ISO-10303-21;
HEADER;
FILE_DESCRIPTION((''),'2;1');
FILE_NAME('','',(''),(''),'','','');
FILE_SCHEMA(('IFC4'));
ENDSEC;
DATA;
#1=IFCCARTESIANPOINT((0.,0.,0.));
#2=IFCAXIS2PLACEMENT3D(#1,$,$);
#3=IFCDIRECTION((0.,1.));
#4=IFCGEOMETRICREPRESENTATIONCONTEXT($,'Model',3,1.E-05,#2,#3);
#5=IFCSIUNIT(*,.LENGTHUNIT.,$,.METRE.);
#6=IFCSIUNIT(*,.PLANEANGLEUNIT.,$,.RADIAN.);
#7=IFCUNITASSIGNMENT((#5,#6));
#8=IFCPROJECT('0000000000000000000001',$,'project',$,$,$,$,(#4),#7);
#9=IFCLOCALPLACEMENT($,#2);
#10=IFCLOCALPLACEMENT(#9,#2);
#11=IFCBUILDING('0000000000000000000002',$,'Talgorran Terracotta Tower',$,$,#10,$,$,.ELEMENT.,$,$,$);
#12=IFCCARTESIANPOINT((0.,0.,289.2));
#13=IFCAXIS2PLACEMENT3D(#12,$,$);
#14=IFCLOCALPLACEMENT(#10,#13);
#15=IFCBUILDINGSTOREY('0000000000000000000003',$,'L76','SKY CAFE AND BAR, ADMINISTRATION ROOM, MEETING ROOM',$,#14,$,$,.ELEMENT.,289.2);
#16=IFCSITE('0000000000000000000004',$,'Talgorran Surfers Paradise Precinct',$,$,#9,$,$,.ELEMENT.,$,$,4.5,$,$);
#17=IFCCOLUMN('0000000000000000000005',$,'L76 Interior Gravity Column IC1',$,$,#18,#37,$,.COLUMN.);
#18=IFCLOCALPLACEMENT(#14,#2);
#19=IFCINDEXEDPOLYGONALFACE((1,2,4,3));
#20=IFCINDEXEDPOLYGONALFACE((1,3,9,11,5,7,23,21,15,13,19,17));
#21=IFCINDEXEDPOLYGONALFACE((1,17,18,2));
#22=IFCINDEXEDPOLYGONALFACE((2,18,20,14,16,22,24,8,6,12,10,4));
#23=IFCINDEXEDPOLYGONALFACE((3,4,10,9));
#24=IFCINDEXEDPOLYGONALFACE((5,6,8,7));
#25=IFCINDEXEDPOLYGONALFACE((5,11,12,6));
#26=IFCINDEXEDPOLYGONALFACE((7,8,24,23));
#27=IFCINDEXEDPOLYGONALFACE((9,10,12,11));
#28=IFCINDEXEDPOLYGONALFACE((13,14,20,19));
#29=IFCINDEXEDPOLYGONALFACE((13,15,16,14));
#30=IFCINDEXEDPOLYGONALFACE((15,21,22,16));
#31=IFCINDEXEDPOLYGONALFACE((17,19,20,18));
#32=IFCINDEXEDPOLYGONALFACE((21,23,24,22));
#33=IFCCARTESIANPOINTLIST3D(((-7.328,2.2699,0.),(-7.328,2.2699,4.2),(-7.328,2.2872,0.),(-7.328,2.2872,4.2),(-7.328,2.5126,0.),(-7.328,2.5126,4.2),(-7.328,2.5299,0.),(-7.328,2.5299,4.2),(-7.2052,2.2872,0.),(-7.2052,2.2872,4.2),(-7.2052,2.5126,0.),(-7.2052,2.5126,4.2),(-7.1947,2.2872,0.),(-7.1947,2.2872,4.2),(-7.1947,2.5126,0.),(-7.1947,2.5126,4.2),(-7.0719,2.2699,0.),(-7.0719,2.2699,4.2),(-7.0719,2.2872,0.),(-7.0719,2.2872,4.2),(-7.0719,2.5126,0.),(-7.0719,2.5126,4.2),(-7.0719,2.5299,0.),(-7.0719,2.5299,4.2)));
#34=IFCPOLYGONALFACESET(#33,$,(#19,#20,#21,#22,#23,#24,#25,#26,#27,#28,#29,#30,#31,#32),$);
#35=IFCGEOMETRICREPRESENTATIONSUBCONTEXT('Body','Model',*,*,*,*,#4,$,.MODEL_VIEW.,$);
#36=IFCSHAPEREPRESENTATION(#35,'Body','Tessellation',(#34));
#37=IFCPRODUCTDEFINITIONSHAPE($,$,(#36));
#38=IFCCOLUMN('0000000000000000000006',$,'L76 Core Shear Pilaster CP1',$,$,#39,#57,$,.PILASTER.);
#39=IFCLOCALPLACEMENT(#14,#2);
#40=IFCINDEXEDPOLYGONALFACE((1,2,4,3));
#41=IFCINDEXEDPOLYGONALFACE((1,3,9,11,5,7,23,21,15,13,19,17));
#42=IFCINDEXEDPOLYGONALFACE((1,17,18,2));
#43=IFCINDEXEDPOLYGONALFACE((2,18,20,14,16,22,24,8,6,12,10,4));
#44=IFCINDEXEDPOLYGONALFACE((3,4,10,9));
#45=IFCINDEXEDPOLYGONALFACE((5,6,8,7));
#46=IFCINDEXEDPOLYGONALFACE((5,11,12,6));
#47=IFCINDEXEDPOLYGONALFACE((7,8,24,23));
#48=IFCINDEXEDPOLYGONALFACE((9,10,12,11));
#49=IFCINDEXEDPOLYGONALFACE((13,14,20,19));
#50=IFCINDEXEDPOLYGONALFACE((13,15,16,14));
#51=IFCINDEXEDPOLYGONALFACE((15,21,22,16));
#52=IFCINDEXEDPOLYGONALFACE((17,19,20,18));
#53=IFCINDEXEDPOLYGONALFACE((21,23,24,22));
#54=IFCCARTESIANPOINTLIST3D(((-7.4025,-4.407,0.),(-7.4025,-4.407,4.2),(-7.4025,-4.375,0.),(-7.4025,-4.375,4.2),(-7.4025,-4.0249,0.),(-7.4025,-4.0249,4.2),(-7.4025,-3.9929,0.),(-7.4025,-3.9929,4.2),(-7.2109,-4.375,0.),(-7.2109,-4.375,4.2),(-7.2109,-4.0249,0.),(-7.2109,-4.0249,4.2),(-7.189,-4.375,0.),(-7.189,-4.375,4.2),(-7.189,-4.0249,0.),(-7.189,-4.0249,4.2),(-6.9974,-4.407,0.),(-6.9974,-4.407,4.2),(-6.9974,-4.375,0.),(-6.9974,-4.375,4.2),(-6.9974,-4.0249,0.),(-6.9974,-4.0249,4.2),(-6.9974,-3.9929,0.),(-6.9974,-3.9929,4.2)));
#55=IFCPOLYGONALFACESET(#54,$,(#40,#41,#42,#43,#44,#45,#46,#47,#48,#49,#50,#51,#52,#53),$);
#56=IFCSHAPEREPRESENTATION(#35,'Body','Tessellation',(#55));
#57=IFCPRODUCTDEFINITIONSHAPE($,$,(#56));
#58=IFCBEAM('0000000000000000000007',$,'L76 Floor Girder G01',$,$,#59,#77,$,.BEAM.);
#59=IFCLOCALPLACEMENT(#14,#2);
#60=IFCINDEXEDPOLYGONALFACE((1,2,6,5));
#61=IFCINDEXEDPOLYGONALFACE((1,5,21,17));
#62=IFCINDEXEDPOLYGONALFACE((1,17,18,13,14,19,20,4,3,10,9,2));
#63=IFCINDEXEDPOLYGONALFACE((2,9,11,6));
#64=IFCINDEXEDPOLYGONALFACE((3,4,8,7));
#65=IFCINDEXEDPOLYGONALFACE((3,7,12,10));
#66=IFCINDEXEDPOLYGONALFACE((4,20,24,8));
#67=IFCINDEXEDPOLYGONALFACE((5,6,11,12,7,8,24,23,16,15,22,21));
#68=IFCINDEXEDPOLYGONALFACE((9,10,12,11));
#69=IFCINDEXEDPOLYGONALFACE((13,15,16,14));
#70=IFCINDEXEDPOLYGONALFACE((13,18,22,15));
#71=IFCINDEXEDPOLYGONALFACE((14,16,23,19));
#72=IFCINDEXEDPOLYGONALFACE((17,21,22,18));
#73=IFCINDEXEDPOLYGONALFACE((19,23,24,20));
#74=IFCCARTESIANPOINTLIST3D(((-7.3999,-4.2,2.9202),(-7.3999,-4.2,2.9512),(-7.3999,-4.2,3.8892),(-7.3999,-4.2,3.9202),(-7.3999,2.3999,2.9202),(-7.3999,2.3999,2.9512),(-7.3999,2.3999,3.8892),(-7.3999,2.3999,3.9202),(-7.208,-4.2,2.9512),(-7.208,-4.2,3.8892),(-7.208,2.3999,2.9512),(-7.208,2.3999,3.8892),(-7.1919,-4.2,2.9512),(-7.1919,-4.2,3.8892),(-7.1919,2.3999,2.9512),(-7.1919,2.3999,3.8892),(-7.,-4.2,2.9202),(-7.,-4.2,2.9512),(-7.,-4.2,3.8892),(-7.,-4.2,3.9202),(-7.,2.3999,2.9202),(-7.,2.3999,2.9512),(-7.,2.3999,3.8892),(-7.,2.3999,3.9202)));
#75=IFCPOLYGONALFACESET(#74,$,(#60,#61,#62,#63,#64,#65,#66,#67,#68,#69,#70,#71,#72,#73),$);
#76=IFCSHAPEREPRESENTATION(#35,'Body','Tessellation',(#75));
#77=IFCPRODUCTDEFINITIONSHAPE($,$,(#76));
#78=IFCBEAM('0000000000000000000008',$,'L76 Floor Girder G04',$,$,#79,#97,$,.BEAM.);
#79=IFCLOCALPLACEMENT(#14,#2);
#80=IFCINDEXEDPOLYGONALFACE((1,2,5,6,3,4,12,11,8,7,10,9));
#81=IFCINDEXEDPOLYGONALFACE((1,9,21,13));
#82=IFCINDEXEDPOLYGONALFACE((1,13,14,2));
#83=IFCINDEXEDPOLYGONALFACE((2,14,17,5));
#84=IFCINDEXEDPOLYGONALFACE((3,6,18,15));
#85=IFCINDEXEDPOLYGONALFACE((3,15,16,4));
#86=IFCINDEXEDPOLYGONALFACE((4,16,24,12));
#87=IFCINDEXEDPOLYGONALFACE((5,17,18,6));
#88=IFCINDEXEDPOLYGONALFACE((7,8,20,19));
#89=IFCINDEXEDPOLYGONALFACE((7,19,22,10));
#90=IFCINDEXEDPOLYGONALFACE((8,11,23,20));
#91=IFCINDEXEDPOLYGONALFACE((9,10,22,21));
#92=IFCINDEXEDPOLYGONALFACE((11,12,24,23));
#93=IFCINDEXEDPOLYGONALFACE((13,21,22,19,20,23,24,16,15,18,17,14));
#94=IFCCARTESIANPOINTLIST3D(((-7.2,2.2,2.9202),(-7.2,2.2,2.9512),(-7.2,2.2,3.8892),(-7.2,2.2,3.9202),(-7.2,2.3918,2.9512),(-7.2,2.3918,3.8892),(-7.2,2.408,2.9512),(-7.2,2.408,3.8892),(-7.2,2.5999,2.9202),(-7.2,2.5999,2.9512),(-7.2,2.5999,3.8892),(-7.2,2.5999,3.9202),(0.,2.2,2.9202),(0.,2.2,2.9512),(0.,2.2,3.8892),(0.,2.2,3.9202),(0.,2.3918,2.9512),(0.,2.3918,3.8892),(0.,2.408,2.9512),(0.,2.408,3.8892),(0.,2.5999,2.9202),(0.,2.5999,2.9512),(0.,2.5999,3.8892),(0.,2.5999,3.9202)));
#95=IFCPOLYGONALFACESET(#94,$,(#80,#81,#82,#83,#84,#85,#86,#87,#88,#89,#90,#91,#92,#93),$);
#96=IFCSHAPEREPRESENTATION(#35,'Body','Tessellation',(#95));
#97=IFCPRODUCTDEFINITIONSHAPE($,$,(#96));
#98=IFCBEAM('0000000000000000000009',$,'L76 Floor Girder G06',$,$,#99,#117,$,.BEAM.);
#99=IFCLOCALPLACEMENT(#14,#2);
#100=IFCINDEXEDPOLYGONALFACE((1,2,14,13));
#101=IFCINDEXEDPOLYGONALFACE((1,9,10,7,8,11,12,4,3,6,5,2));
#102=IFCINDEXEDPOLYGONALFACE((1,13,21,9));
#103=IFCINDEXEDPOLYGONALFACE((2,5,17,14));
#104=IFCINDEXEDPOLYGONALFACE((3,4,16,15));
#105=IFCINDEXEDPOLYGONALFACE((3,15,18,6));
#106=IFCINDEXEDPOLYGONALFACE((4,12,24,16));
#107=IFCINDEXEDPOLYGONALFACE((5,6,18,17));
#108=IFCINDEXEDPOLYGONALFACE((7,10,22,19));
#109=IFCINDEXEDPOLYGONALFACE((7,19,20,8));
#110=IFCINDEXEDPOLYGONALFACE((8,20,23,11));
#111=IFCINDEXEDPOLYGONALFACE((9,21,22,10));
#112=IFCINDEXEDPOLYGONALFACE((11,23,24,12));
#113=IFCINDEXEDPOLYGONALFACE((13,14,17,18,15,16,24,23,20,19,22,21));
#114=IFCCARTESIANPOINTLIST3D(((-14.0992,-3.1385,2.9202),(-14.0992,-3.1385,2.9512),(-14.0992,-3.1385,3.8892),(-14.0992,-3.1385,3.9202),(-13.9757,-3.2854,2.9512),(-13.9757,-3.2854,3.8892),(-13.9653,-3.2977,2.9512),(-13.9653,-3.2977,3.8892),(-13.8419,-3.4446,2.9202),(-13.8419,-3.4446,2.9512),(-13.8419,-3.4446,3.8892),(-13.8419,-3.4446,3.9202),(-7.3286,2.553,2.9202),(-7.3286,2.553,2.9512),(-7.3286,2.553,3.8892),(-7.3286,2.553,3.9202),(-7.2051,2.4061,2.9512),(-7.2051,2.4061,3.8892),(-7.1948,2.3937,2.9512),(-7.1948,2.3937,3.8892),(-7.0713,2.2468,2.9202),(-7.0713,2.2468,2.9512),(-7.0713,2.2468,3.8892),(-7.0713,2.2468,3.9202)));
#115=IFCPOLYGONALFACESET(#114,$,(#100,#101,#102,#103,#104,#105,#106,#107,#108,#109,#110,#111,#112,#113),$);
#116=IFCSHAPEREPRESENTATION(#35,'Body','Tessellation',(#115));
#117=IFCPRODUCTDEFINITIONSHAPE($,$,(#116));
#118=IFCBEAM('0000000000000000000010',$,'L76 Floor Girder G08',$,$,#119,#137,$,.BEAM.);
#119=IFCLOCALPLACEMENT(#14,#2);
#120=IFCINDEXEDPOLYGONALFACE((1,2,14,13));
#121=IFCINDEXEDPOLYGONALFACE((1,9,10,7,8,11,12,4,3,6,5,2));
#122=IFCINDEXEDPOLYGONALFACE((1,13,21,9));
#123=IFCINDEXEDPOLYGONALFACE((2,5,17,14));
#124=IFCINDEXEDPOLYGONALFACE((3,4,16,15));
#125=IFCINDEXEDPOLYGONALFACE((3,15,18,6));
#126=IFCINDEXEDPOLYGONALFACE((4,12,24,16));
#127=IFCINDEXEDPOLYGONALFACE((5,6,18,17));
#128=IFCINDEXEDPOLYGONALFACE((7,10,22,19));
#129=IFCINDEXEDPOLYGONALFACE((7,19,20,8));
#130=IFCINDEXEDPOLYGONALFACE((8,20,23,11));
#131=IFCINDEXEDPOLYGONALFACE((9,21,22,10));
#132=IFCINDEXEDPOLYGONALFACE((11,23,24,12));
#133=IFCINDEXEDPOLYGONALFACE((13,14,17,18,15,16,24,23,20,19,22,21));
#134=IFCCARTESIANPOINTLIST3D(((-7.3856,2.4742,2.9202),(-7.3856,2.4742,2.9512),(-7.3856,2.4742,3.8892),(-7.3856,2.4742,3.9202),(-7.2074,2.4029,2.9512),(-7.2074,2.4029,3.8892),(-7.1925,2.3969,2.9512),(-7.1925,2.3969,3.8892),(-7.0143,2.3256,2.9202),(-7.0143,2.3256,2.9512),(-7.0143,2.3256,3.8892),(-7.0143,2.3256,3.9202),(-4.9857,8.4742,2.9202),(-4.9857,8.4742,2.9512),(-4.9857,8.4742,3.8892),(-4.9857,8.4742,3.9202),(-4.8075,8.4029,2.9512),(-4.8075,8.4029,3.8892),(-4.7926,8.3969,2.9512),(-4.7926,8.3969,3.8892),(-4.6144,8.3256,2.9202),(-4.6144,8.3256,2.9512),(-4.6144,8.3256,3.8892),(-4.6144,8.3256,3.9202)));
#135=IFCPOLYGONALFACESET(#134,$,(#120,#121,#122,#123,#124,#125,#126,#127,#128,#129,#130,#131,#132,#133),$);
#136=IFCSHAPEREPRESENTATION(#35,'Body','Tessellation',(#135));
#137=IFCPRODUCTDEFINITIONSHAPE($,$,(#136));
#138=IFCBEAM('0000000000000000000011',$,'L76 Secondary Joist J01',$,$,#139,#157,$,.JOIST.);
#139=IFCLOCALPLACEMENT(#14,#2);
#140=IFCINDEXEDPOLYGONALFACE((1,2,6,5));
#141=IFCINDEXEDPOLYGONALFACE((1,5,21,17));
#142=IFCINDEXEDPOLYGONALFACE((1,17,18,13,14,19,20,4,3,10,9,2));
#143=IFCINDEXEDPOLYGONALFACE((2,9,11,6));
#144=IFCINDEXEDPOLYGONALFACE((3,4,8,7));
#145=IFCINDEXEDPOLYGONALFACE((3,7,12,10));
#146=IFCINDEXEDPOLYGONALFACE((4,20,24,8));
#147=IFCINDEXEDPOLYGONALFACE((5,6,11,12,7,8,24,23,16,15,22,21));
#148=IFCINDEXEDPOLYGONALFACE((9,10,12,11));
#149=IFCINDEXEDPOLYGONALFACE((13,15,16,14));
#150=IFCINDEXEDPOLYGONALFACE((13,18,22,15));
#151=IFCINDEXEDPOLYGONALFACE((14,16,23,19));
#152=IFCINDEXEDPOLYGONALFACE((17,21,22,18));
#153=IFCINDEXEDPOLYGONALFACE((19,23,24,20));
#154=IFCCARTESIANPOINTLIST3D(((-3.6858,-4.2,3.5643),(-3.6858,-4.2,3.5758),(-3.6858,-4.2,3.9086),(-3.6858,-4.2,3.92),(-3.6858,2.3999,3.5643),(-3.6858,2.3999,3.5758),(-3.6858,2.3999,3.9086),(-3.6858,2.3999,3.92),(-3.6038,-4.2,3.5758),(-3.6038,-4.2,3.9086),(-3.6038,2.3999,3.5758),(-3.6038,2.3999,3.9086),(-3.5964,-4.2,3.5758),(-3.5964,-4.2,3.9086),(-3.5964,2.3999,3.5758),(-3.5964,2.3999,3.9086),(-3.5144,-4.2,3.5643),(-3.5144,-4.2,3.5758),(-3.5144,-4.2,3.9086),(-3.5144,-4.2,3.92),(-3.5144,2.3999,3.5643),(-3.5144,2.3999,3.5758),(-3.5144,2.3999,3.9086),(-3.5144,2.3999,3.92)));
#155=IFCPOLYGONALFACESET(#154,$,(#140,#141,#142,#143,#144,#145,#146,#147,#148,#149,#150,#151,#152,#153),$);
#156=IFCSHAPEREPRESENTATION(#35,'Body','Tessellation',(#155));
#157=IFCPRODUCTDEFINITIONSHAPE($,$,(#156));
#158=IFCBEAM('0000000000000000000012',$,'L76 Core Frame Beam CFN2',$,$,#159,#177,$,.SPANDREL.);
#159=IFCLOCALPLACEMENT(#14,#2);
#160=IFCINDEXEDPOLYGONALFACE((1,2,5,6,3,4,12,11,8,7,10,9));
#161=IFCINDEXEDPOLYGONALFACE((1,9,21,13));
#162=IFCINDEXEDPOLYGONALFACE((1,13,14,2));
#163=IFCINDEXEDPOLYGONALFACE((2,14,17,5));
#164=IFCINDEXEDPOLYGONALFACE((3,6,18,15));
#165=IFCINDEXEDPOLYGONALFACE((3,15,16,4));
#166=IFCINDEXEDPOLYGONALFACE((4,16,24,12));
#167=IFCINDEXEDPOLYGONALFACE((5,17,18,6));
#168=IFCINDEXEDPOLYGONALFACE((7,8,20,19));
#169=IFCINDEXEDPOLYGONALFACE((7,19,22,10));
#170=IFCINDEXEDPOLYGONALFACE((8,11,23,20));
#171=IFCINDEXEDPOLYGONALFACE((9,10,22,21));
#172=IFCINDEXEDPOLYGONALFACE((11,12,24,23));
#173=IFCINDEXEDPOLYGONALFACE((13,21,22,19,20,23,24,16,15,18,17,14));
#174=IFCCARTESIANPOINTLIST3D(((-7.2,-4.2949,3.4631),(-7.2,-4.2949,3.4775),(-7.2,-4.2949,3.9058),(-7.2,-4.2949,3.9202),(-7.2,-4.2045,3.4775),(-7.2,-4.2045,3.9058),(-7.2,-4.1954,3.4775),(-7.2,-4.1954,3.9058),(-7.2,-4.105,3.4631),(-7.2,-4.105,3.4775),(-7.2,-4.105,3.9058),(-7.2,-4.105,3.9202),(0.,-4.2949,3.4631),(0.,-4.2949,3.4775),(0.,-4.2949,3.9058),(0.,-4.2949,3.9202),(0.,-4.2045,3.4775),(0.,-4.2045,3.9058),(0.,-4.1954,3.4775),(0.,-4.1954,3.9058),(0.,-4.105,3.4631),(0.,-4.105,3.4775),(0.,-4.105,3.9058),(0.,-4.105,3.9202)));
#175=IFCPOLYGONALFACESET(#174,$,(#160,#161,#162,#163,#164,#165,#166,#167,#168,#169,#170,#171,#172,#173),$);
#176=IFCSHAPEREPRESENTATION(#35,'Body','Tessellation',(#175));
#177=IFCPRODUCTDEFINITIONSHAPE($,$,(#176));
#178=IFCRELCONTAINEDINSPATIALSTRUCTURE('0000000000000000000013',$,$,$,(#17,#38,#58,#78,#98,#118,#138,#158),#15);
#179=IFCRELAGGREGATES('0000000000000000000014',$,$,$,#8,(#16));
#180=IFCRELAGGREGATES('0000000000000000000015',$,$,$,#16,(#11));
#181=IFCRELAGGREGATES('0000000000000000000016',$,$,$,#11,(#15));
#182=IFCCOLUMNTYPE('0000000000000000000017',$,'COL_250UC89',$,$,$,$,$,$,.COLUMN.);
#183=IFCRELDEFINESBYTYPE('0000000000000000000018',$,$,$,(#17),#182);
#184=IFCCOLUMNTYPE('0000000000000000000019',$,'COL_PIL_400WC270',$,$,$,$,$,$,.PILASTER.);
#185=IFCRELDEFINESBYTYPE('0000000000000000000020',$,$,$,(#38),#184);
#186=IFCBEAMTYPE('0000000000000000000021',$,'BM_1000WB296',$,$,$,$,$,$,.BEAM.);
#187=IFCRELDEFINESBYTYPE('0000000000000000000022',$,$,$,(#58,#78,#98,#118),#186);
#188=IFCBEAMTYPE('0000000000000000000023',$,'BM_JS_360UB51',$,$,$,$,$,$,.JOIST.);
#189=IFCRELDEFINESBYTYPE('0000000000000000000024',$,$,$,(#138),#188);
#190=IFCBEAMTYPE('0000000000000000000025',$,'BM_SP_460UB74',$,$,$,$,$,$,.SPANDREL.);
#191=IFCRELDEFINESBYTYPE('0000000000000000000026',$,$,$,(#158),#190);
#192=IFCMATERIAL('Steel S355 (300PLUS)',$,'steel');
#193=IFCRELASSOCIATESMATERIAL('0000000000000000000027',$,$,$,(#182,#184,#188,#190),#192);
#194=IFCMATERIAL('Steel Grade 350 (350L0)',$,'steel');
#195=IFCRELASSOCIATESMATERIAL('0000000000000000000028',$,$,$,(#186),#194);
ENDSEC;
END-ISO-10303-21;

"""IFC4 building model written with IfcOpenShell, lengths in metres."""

from ifc_helpers import new_model, si_unit, direction, frame, origin, origin_2d, place, context, subcontext, project, spatial, i_section, extrude, material, material_profile, profile_set, type_object, element, save


model = new_model("IFC4")

# Units and contexts
model_context = context("Model", 3, precision=1e-05, world=origin(), true_north=direction((0.0, 1.0)))
body_context = subcontext(model_context, "Body", "Model", "MODEL_VIEW")
ifc_project = project(units=[si_unit("LENGTHUNIT", "METRE"), si_unit("PLANEANGLEUNIT", "RADIAN")], contexts=[model_context])

# Site, building, storey
site_placement = place(None, origin())
site = spatial("IfcSite", under=ifc_project, at=site_placement, Name="Talgorran Surfers Paradise Precinct", CompositionType="ELEMENT", RefElevation=4.5)
building_placement = place(site_placement, origin())
building = spatial("IfcBuilding", under=site, at=building_placement, Name="Talgorran Terracotta Tower", CompositionType="ELEMENT")
storey_placement = place(building_placement, frame((0.0, 0.0, 289.2)))
storey = spatial("IfcBuildingStorey", under=building, at=storey_placement, Name="L76", Description="SKY CAFE AND BAR, ADMINISTRATION ROOM, MEETING ROOM", CompositionType="ELEMENT", Elevation=289.2)

# Columns
ifc_material_1 = material(Name="Steel S355 (300PLUS)", Category="steel")
ifc_material_profile_1 = material_profile(ifc_material_1, i_section(OverallWidth=0.2561, OverallDepth=0.26, WebThickness=0.0105, FlangeThickness=0.0173, at=origin_2d()), Name="250UC89.5")
ifc_profile_set_1 = profile_set([ifc_material_profile_1], Name="Steel S355 (300PLUS)")
column_type_1 = type_object("IfcColumnType", Name="COL_250UC89", PredefinedType="COLUMN", material=ifc_profile_set_1)
column_1_placement = place(storey_placement, frame((-7.2, 2.3999, 0.0), z_axis=(0.0, 0.0, 1.0), x_axis=(1.0, 0.0, 0.0)))
element("IfcColumn", 1, at=column_1_placement, inside=storey, type_object=column_type_1, Name="L76 Interior Gravity Column IC1", PredefinedType="COLUMN", context=body_context, shape_type="SweptSolid", body=[
    extrude(i_section(OverallWidth=0.2561, OverallDepth=0.26, WebThickness=0.0105, FlangeThickness=0.0173, at=origin_2d()), origin(), (0.0, 0.0, 1.0), 4.2),
])
ifc_material_profile_2 = material_profile(ifc_material_1, i_section(OverallWidth=0.405, OverallDepth=0.4141, WebThickness=0.022, FlangeThickness=0.032, at=origin_2d()), Name="400WC270")
ifc_profile_set_2 = profile_set([ifc_material_profile_2], Name="Steel S355 (300PLUS)")
column_type_2 = type_object("IfcColumnType", Name="COL_PIL_400WC270", PredefinedType="PILASTER", material=ifc_profile_set_2)
column_2_placement = place(storey_placement, frame((-7.2, -4.2, 0.0), z_axis=(0.0, 0.0, 1.0), x_axis=(1.0, 0.0, 0.0)))
element("IfcColumn", 2, at=column_2_placement, inside=storey, type_object=column_type_2, Name="L76 Core Shear Pilaster CP1", PredefinedType="PILASTER", context=body_context, shape_type="SweptSolid", body=[
    extrude(i_section(OverallWidth=0.405, OverallDepth=0.4141, WebThickness=0.022, FlangeThickness=0.032, at=origin_2d()), origin(), (0.0, 0.0, 1.0), 4.2),
])

# Beams
ifc_material_2 = material(Name="Steel Grade 350 (350L0)", Category="steel")
ifc_material_profile_3 = material_profile(ifc_material_2, i_section(OverallWidth=0.3999, OverallDepth=1.0, WebThickness=0.0161, FlangeThickness=0.031, at=origin_2d()), Name="1000WB296")
ifc_profile_set_3 = profile_set([ifc_material_profile_3], Name="Steel Grade 350 (350L0)")
beam_type_1 = type_object("IfcBeamType", Name="BM_1000WB296", PredefinedType="BEAM", material=ifc_profile_set_3)
beam_1_placement = place(storey_placement, frame((-7.2, -4.2, 3.4202), z_axis=(0.0, 1.0, 0.0), x_axis=(-1.0, 0.0, 0.0)))
element("IfcBeam", 3, at=beam_1_placement, inside=storey, type_object=beam_type_1, Name="L76 Floor Girder G01", PredefinedType="BEAM", context=body_context, shape_type="SweptSolid", body=[
    extrude(i_section(OverallWidth=0.3999, OverallDepth=1.0, WebThickness=0.0161, FlangeThickness=0.031, at=origin_2d()), origin(), (0.0, 0.0, 1.0), 6.5999),
])
beam_2_placement = place(storey_placement, frame((-7.2, 2.3999, 3.4202), z_axis=(1.0, 0.0, 0.0), x_axis=(0.0, 1.0, 0.0)))
element("IfcBeam", 4, at=beam_2_placement, inside=storey, type_object=beam_type_1, Name="L76 Floor Girder G04", PredefinedType="BEAM", context=body_context, shape_type="SweptSolid", body=[
    extrude(i_section(OverallWidth=0.3999, OverallDepth=1.0, WebThickness=0.0161, FlangeThickness=0.031, at=origin_2d()), origin(), (0.0, 0.0, 1.0), 7.2),
])
beam_3_placement = place(storey_placement, frame((-7.2, 2.3999, 3.4202), z_axis=(-0.765472, -0.643469, 0.0), x_axis=(0.643469, -0.765472, 0.0)))
element("IfcBeam", 5, at=beam_3_placement, inside=storey, type_object=beam_type_1, Name="L76 Floor Girder G06", PredefinedType="BEAM", context=body_context, shape_type="SweptSolid", body=[
    extrude(i_section(OverallWidth=0.3999, OverallDepth=1.0, WebThickness=0.0161, FlangeThickness=0.031, at=origin_2d()), origin(), (0.0, 0.0, 1.0), 8.845),
])
beam_4_placement = place(storey_placement, frame((-7.2, 2.3999, 3.4202), z_axis=(0.371378, 0.928482, 0.0), x_axis=(-0.928482, 0.371378, 0.0)))
element("IfcBeam", 6, at=beam_4_placement, inside=storey, type_object=beam_type_1, Name="L76 Floor Girder G08", PredefinedType="BEAM", context=body_context, shape_type="SweptSolid", body=[
    extrude(i_section(OverallWidth=0.3999, OverallDepth=1.0, WebThickness=0.0161, FlangeThickness=0.031, at=origin_2d()), origin(), (0.0, 0.0, 1.0), 6.4622),
])
ifc_material_profile_4 = material_profile(ifc_material_1, i_section(OverallWidth=0.1714, OverallDepth=0.3557, WebThickness=0.0073, FlangeThickness=0.0115, at=origin_2d()), Name="360UB50.7")
ifc_profile_set_4 = profile_set([ifc_material_profile_4], Name="Steel S355 (300PLUS)")
beam_type_2 = type_object("IfcBeamType", Name="BM_JS_360UB51", PredefinedType="JOIST", material=ifc_profile_set_4)
beam_5_placement = place(storey_placement, frame((-3.6001, -4.2, 3.7422), z_axis=(0.0, 1.0, 0.0), x_axis=(-1.0, 0.0, 0.0)))
element("IfcBeam", 7, at=beam_5_placement, inside=storey, type_object=beam_type_2, Name="L76 Secondary Joist J01", PredefinedType="JOIST", context=body_context, shape_type="SweptSolid", body=[
    extrude(i_section(OverallWidth=0.1714, OverallDepth=0.3557, WebThickness=0.0073, FlangeThickness=0.0115, at=origin_2d()), origin(), (0.0, 0.0, 1.0), 6.5999),
])
ifc_material_profile_5 = material_profile(ifc_material_1, i_section(OverallWidth=0.1899, OverallDepth=0.457, WebThickness=0.009, FlangeThickness=0.0144, at=origin_2d()), Name="460UB74.6")
ifc_profile_set_5 = profile_set([ifc_material_profile_5], Name="Steel S355 (300PLUS)")
beam_type_3 = type_object("IfcBeamType", Name="BM_SP_460UB74", PredefinedType="SPANDREL", material=ifc_profile_set_5)
beam_6_placement = place(storey_placement, frame((-7.2, -4.2, 3.6917), z_axis=(1.0, 0.0, 0.0), x_axis=(0.0, 1.0, 0.0)))
element("IfcBeam", 8, at=beam_6_placement, inside=storey, type_object=beam_type_3, Name="L76 Core Frame Beam CFN2", PredefinedType="SPANDREL", context=body_context, shape_type="SweptSolid", body=[
    extrude(i_section(OverallWidth=0.1899, OverallDepth=0.457, WebThickness=0.009, FlangeThickness=0.0144, at=origin_2d()), origin(), (0.0, 0.0, 1.0), 7.2),
])

save(model, "model.ifc")
